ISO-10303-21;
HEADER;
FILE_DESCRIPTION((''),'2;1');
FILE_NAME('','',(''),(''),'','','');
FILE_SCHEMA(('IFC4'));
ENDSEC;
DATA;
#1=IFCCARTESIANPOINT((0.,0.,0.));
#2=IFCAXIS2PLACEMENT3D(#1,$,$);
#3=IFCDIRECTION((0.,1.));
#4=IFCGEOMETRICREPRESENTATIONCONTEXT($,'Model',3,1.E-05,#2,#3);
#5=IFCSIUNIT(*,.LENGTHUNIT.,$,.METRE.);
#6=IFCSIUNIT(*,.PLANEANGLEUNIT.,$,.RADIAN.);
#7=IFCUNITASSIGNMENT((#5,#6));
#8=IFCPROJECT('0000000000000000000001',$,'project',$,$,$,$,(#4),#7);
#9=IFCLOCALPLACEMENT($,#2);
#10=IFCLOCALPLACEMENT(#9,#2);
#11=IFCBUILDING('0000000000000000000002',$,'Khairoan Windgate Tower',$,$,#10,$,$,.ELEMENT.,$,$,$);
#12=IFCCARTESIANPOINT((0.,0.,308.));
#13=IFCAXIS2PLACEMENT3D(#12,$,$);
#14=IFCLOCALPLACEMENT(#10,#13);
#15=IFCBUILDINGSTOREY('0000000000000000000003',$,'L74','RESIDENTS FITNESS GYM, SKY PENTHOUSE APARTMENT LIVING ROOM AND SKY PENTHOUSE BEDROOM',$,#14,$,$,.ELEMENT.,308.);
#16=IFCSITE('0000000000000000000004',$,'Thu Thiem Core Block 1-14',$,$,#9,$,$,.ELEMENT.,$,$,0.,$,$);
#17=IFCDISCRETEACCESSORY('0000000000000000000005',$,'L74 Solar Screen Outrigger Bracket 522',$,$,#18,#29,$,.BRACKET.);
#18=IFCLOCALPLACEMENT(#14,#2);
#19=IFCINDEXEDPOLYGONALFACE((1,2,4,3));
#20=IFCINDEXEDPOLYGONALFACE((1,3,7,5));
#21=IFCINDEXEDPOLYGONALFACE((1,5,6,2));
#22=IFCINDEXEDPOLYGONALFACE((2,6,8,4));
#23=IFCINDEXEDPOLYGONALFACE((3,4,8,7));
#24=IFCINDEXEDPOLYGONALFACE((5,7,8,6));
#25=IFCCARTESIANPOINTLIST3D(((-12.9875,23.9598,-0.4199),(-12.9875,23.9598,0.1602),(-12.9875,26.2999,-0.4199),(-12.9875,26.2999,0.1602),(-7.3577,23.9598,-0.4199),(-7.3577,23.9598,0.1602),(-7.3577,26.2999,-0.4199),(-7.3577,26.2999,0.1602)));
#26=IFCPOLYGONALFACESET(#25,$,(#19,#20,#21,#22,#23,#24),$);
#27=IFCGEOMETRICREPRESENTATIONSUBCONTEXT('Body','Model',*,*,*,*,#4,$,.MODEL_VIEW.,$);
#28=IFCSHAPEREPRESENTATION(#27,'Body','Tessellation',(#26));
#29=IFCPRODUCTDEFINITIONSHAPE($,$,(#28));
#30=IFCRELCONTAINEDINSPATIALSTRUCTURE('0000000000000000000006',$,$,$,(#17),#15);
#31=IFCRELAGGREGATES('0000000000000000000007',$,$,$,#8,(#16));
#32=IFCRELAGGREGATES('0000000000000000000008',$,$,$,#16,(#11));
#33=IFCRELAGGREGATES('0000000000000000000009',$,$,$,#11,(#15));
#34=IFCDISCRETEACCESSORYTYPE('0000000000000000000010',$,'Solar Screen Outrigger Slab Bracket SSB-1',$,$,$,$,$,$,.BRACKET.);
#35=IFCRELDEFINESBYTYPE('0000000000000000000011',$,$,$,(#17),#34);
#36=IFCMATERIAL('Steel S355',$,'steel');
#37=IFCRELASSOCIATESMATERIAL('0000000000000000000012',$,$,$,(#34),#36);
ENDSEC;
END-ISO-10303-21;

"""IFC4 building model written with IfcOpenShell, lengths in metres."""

from ifc_helpers import new_model, si_unit, direction, frame, origin, origin_2d, place, context, subcontext, project, spatial, rectangle, extrude, material, type_object, element, save


model = new_model("IFC4")

# Units and contexts
model_context = context("Model", 3, precision=1e-05, world=origin(), true_north=direction((0.0, 1.0)))
body_context = subcontext(model_context, "Body", "Model", "MODEL_VIEW")
ifc_project = project(units=[si_unit("LENGTHUNIT", "METRE"), si_unit("PLANEANGLEUNIT", "RADIAN")], contexts=[model_context])

# Site, building, storey
site_placement = place(None, origin())
site = spatial("IfcSite", under=ifc_project, at=site_placement, Name="Thu Thiem Core Block 1-14", CompositionType="ELEMENT", RefElevation=0.0)
building_placement = place(site_placement, origin())
building = spatial("IfcBuilding", under=site, at=building_placement, Name="Khairoan Windgate Tower", CompositionType="ELEMENT")
storey_placement = place(building_placement, frame((0.0, 0.0, 308.0)))
storey = spatial("IfcBuildingStorey", under=building, at=storey_placement, Name="L74", Description="RESIDENTS FITNESS GYM, SKY PENTHOUSE APARTMENT LIVING ROOM AND SKY PENTHOUSE BEDROOM", CompositionType="ELEMENT", Elevation=308.0)

# Discrete accessory
ifc_material_1 = material(Name="Steel S355", Category="steel")
discrete_accessory_type = type_object("IfcDiscreteAccessoryType", Name="Solar Screen Outrigger Slab Bracket SSB-1", PredefinedType="BRACKET", material=ifc_material_1)
discrete_accessory_placement = place(storey_placement, frame((-10.1726, 25.1299, -0.4199), z_axis=(0.0, 0.0, 1.0), x_axis=(1.0, 0.0, 0.0)))
element("IfcDiscreteAccessory", 1, at=discrete_accessory_placement, inside=storey, type_object=discrete_accessory_type, Name="L74 Solar Screen Outrigger Bracket 522", PredefinedType="BRACKET", context=body_context, shape_type="SweptSolid", body=[
    extrude(rectangle(XDim=5.6299, YDim=2.3401, at=origin_2d()), origin(), (0.0, 0.0, 1.0), 0.5801),
])

save(model, "model.ifc")
